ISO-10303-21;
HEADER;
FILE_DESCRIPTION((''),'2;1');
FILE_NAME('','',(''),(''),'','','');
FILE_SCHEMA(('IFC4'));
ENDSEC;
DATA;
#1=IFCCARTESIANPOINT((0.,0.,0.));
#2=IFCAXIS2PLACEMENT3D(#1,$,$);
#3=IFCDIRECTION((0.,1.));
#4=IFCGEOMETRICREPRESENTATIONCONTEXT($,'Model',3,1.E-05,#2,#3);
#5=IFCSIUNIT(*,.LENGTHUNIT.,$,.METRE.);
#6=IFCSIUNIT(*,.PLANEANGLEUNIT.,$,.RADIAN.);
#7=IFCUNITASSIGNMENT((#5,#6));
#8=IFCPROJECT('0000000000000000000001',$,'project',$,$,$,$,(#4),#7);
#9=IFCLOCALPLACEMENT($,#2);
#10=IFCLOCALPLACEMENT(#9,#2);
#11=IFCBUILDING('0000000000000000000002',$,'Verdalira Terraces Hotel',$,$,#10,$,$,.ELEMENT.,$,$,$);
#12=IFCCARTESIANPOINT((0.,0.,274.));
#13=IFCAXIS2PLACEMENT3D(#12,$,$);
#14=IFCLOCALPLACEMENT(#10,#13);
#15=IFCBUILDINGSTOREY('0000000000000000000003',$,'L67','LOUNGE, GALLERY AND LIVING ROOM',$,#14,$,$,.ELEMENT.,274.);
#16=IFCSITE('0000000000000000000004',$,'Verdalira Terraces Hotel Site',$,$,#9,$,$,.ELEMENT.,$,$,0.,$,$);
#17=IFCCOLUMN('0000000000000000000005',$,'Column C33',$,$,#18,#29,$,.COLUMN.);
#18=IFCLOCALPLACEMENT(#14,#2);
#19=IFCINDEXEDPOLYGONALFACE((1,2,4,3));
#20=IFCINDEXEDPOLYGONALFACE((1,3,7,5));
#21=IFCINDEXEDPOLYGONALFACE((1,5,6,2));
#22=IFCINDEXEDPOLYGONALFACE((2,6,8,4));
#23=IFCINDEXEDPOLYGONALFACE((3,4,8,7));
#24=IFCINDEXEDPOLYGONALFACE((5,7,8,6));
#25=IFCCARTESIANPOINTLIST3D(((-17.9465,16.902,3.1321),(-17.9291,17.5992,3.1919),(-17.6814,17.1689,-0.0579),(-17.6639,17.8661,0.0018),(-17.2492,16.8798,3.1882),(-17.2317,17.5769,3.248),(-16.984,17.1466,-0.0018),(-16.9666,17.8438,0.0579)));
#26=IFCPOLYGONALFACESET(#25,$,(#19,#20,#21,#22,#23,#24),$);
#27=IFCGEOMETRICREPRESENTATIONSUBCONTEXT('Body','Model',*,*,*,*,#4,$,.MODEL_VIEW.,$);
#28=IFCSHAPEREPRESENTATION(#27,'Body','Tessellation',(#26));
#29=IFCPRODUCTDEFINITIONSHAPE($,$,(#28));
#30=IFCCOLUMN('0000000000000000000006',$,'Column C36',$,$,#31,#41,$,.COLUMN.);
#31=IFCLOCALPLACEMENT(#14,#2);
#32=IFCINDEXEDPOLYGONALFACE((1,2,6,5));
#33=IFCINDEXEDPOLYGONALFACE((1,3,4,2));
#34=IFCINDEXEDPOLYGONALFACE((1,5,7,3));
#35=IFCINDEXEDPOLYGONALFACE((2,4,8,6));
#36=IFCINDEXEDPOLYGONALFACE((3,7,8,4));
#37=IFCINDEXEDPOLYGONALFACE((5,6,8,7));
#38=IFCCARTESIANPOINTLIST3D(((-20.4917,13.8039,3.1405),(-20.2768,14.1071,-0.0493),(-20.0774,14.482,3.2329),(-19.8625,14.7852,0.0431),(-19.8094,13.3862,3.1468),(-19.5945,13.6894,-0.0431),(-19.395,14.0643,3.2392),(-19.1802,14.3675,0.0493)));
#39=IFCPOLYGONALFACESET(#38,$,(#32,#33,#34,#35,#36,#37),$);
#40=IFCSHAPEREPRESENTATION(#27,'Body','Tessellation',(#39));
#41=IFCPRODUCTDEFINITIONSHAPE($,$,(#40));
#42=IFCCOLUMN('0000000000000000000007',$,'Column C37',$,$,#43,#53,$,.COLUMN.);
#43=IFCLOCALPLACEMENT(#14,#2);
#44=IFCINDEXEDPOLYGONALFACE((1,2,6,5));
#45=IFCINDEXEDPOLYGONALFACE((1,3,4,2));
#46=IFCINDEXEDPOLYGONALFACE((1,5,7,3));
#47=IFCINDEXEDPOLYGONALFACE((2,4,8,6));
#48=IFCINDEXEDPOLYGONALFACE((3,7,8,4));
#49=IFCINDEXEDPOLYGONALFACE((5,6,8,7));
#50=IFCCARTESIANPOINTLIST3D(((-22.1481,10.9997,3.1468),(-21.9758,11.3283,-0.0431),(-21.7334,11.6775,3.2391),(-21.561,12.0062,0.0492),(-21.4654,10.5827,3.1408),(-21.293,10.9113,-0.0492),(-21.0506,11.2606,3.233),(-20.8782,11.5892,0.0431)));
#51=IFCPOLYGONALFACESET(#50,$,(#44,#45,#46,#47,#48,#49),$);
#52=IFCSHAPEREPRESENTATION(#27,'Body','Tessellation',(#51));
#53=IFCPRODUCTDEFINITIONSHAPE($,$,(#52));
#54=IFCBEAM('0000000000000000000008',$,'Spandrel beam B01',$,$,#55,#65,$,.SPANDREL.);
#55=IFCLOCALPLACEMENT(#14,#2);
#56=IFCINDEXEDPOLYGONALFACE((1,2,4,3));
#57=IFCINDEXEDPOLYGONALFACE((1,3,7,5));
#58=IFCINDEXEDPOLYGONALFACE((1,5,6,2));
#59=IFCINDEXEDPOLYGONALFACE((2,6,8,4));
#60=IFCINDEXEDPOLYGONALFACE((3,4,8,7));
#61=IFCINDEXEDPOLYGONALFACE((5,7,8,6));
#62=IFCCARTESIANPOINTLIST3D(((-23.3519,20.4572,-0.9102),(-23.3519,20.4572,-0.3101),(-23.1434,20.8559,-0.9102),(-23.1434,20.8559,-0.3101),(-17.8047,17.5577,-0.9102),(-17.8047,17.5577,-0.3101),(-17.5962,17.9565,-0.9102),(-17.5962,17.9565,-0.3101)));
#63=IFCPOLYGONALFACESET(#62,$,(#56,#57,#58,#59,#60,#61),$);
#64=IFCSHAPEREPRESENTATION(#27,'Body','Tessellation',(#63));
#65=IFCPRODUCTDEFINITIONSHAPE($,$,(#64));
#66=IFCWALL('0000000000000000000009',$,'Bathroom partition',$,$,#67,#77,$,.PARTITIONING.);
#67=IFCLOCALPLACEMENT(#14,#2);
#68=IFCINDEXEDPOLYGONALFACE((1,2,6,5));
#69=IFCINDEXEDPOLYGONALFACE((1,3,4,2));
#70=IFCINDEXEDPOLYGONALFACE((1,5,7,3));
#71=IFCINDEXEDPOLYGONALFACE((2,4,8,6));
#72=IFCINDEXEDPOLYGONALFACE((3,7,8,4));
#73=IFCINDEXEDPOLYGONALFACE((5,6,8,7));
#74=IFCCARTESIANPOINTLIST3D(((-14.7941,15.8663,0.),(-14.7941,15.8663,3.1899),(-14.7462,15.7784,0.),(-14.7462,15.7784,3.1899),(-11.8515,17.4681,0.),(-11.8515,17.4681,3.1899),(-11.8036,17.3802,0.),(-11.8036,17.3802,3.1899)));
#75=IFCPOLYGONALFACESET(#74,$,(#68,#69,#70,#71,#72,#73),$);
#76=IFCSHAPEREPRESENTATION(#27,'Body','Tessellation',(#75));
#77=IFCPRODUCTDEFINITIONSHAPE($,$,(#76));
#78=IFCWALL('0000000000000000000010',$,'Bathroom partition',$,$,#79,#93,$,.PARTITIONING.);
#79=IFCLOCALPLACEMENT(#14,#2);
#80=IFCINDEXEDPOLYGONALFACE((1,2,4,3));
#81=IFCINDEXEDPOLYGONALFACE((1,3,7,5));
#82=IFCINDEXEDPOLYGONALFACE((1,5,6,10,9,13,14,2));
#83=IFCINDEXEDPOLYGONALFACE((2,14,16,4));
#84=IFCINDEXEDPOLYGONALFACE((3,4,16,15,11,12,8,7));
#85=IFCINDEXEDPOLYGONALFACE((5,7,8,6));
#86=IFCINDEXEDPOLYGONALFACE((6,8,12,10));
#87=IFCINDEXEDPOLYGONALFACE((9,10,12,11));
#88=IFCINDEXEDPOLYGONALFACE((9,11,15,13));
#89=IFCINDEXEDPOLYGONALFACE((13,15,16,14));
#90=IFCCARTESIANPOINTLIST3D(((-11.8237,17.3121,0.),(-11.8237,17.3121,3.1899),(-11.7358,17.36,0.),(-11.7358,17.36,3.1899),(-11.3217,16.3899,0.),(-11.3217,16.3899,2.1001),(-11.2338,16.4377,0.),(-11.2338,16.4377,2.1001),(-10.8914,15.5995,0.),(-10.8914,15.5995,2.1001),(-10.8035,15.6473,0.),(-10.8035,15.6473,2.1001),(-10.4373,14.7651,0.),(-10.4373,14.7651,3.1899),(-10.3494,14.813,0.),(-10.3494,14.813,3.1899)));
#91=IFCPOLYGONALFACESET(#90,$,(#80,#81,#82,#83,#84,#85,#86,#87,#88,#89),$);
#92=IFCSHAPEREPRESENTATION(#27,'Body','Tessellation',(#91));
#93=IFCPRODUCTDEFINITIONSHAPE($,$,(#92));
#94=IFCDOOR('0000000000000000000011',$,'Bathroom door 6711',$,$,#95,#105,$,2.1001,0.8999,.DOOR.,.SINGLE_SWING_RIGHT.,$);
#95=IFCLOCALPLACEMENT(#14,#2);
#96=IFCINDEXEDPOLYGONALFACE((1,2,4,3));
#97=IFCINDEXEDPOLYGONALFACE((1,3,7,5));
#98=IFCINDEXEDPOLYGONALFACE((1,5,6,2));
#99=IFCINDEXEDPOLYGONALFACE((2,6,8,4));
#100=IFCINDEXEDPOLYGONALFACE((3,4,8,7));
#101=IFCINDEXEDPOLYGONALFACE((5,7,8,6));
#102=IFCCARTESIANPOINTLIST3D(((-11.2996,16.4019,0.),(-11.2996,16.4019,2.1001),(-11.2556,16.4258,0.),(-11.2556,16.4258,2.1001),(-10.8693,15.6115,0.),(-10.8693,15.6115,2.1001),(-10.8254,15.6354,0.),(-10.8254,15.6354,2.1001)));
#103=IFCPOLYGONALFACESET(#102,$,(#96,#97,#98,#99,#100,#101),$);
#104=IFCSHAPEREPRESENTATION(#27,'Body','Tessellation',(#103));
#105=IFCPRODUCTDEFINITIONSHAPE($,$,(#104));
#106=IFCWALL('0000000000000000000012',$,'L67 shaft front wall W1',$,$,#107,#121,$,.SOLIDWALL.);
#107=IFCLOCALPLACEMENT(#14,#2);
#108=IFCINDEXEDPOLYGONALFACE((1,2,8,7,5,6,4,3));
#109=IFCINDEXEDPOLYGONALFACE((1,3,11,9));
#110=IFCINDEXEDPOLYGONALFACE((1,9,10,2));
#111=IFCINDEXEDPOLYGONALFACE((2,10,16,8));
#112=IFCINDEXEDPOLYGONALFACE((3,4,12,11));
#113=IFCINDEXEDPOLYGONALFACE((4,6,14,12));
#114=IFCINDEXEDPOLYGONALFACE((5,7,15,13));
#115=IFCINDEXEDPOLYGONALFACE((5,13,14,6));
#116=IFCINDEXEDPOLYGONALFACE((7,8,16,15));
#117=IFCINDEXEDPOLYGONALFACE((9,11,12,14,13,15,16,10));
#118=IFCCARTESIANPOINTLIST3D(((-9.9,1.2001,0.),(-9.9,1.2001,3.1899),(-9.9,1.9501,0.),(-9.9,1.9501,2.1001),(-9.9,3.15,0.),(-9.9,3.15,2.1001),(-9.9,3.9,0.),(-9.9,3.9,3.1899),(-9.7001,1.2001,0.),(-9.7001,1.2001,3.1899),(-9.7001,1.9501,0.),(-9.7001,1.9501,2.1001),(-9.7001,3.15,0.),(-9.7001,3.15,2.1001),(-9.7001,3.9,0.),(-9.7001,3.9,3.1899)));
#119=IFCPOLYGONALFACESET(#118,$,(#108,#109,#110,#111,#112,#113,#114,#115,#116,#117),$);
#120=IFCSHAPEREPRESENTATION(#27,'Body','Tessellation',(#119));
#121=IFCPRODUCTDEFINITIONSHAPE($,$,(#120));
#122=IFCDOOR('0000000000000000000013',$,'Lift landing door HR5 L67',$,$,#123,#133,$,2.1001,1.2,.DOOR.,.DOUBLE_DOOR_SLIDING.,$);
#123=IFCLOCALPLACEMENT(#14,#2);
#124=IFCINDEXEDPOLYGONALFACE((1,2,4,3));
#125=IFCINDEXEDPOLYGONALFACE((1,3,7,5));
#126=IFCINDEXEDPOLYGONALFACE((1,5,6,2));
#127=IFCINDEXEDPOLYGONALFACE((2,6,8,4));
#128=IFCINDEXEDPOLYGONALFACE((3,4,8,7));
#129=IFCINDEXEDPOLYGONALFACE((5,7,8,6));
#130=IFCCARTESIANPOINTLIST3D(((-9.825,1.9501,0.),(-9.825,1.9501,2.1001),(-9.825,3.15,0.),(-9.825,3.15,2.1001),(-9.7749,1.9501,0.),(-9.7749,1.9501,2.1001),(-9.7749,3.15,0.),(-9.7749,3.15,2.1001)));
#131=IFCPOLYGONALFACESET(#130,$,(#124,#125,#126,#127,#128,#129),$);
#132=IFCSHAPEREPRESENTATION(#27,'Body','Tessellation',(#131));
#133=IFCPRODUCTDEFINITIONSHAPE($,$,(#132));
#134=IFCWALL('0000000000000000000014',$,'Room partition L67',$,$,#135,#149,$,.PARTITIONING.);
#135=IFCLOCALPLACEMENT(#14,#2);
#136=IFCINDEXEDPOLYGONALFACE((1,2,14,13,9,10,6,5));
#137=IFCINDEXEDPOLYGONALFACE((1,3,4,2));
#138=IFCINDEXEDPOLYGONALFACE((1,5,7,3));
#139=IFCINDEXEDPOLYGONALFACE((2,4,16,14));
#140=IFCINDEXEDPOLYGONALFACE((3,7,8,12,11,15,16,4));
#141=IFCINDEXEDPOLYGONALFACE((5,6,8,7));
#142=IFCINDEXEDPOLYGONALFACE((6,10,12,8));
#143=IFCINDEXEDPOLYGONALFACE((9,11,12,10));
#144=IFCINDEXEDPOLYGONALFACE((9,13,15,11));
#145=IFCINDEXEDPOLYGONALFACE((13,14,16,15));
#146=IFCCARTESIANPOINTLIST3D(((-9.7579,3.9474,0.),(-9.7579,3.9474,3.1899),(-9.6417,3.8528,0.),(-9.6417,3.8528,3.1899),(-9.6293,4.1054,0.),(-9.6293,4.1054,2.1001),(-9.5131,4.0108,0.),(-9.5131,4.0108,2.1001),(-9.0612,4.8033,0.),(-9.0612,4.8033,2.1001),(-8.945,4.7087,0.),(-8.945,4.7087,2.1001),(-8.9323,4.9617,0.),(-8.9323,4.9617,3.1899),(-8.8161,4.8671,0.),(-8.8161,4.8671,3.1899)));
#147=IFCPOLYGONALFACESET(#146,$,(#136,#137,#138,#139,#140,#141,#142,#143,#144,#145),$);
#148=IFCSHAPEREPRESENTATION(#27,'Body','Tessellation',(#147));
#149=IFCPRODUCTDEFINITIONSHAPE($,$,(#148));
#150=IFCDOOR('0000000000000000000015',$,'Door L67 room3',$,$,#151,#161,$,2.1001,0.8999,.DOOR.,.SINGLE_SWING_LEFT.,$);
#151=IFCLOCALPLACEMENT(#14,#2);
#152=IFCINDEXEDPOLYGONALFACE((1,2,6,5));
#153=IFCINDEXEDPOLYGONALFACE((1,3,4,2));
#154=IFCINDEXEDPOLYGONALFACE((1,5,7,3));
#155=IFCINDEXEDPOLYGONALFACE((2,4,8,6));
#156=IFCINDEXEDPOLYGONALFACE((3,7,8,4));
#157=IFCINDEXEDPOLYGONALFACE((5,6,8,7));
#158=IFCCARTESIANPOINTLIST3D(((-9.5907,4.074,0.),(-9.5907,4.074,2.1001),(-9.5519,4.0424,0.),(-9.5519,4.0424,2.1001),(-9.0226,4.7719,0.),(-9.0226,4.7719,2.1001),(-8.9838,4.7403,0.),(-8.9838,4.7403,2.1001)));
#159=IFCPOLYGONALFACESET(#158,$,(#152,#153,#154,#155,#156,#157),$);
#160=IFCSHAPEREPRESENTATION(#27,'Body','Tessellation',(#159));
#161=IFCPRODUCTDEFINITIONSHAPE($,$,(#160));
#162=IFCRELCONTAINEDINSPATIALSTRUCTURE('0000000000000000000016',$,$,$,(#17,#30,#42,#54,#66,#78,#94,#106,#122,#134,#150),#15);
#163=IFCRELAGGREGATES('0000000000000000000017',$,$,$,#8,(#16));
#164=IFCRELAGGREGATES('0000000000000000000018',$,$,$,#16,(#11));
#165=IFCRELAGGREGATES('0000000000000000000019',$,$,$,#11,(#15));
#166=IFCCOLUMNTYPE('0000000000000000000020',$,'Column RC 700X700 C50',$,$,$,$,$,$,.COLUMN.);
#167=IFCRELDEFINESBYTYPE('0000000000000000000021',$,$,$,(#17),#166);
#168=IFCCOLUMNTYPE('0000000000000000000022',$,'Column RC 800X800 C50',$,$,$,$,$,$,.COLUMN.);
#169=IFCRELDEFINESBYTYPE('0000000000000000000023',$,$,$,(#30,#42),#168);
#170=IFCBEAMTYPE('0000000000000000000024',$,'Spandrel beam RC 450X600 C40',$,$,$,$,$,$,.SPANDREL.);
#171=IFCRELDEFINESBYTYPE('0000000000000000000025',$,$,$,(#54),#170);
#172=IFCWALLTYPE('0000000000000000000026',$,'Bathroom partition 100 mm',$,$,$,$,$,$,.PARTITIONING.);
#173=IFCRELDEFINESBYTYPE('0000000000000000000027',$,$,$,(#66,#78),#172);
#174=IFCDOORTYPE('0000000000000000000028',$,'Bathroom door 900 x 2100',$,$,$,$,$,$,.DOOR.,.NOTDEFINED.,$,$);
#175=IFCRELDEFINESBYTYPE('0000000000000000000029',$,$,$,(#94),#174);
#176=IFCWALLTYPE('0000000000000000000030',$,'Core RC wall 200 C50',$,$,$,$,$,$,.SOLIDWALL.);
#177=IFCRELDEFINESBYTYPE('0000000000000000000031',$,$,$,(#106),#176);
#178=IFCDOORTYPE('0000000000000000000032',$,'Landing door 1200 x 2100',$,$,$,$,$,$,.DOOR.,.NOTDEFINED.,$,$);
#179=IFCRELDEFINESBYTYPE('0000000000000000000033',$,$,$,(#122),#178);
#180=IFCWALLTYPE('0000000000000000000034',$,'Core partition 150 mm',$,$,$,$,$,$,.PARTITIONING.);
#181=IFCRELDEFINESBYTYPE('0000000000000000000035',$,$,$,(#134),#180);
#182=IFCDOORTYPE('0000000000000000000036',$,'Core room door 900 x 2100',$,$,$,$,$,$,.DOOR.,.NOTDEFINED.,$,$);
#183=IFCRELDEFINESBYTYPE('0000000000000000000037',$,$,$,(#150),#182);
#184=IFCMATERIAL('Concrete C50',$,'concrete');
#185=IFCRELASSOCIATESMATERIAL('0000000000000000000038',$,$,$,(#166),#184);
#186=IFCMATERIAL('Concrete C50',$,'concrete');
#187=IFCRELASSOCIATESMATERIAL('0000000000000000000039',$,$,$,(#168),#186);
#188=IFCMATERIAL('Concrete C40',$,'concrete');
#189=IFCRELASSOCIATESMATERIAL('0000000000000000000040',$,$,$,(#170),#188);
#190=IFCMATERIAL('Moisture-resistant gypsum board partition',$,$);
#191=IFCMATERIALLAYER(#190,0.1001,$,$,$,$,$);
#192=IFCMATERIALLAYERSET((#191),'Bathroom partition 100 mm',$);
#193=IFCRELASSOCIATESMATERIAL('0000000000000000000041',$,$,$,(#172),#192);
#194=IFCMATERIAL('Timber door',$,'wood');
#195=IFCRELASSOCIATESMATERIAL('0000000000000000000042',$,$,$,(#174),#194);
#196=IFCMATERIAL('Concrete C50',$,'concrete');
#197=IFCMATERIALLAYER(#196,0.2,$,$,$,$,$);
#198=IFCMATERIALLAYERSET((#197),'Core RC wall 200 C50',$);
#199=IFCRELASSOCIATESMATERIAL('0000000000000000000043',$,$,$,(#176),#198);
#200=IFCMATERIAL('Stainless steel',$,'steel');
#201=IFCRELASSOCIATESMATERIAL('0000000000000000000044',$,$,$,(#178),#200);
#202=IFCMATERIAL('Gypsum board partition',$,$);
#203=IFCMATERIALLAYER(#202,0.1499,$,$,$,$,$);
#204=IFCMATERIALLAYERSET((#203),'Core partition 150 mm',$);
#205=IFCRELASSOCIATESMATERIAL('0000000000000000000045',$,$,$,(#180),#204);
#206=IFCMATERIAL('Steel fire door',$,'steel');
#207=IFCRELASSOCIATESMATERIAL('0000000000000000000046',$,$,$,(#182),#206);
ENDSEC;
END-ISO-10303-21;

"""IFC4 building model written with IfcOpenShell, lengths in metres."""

from ifc_helpers import new_model, si_unit, direction, frame, frame_2d, origin, origin_2d, place, context, subcontext, project, spatial, rectangle, extrude, material, layer, layer_set, material_profile, profile_set, type_object, element, fill, save


model = new_model("IFC4")

# Units and contexts
model_context = context("Model", 3, precision=1e-05, world=origin(), true_north=direction((0.0, 1.0)))
body_context = subcontext(model_context, "Body", "Model", "MODEL_VIEW")
ifc_project = project(units=[si_unit("LENGTHUNIT", "METRE"), si_unit("PLANEANGLEUNIT", "RADIAN")], contexts=[model_context])

# Site, building, storey
site_placement = place(None, origin())
site = spatial("IfcSite", under=ifc_project, at=site_placement, Name="Verdalira Terraces Hotel Site", CompositionType="ELEMENT", RefElevation=0.0)
building_placement = place(site_placement, origin())
building = spatial("IfcBuilding", under=site, at=building_placement, Name="Verdalira Terraces Hotel", CompositionType="ELEMENT")
storey_placement = place(building_placement, frame((0.0, 0.0, 274.0)))
storey = spatial("IfcBuildingStorey", under=building, at=storey_placement, Name="L67", Description="LOUNGE, GALLERY AND LIVING ROOM", CompositionType="ELEMENT", Elevation=274.0)

# Columns
ifc_material_1 = material(Name="Concrete C50", Category="concrete")
ifc_material_profile_1 = material_profile(ifc_material_1, rectangle(XDim=0.7, YDim=0.7, at=origin_2d()), Name="RC 700X700")
ifc_profile_set_1 = profile_set([ifc_material_profile_1], Name="Concrete C50")
column_type_1 = type_object("IfcColumnType", Name="Column RC 700X700 C50", PredefinedType="COLUMN", material=ifc_profile_set_1)
column_placement = place(storey_placement, frame((-17.324, 17.5063, 0.0), z_axis=(-0.082545, -0.083077, 0.993119), x_axis=(0.996275, -0.031839, 0.080143)))
element("IfcColumn", 1, at=column_placement, inside=storey, type_object=column_type_1, Name="Column C33", PredefinedType="COLUMN", context=body_context, shape_type="SweptSolid", body=[
    extrude(rectangle(XDim=0.7, YDim=0.7, at=origin_2d()), origin(), (0.0, 0.0, 1.0), 3.2122),
])
ifc_material_2 = material(Name="Concrete C50", Category="concrete")
ifc_material_profile_2 = material_profile(ifc_material_2, rectangle(XDim=0.8, YDim=0.8, at=origin_2d()), Name="RC 800X800")
ifc_profile_set_2 = profile_set([ifc_material_profile_2], Name="Concrete C50")
column_type_2 = type_object("IfcColumnType", Name="Column RC 800X800 C50", PredefinedType="COLUMN", material=ifc_profile_set_2)
for number, where, z_axis, x_axis, name in (
    (2, (-19.7285, 14.2373, 0.0), (-0.066898, -0.094417, 0.993282), (-0.852845, 0.522106, -0.00781), "Column C36"),
    (3, (-21.427, 11.4587, 0.0), (-0.053671, -0.102325, 0.993302), (-0.853432, 0.521149, 0.007573), "Column C37"),
):
    element("IfcColumn", number, at=place(storey_placement, frame(where, z_axis=z_axis, x_axis=x_axis)), inside=storey, type_object=column_type_2, Name=name, PredefinedType="COLUMN", context=body_context, shape_type="SweptSolid", body=[
        extrude(rectangle(XDim=0.8, YDim=0.8, at=origin_2d()), origin(), (0.0, 0.0, 1.0), 3.2114),
    ])

# Beam
ifc_material_3 = material(Name="Concrete C40", Category="concrete")
ifc_material_profile_3 = material_profile(ifc_material_3, rectangle(XDim=0.45, YDim=0.6001, at=origin_2d()), Name="RC 450X600")
ifc_profile_set_3 = profile_set([ifc_material_profile_3], Name="Concrete C40")
beam_type = type_object("IfcBeamType", Name="Spandrel beam RC 450X600 C40", PredefinedType="SPANDREL", material=ifc_profile_set_3)
beam_placement = place(storey_placement, frame((-17.7004, 17.7571, -0.6101), z_axis=(-0.88624, 0.463227, 0.0), x_axis=(-0.463227, -0.88624, 0.0)))
element("IfcBeam", 4, at=beam_placement, inside=storey, type_object=beam_type, Name="Spandrel beam B01", PredefinedType="SPANDREL", context=body_context, shape_type="SweptSolid", body=[
    extrude(rectangle(XDim=0.45, YDim=0.6001, at=origin_2d()), origin(), (0.0, 0.0, 1.0), 6.2593),
])

# Wall
ifc_material_4 = material(Name="Moisture-resistant gypsum board partition")
ifc_layer_1 = layer(ifc_material_4, 0.1001)
ifc_layer_set_1 = layer_set([ifc_layer_1], Name="Bathroom partition 100 mm")
wall_type_1 = type_object("IfcWallType", Name="Bathroom partition 100 mm", PredefinedType="PARTITIONING", material=ifc_layer_set_1)
wall_1_placement = place(storey_placement, frame((-14.7703, 15.8223, 0.0), z_axis=(0.0, 0.0, 1.0), x_axis=(0.878305, 0.478101, 0.0)))
element("IfcWall", 5, at=wall_1_placement, inside=storey, type_object=wall_type_1, Name="Bathroom partition", PredefinedType="PARTITIONING", context=body_context, shape_type="SweptSolid", body=[
    extrude(rectangle(XDim=3.3503, YDim=0.1001, at=frame_2d((1.6753, 0.0))), origin(), (0.0, 0.0, 1.0), 3.1899),
])

# Walls, openings, doors
wall_2_placement = place(storey_placement, frame((-10.3933, 14.7891, 0.0), z_axis=(0.0, 0.0, 1.0), x_axis=(-0.478091, 0.87831, 0.0)))
wall_2 = element("IfcWall", 6, at=wall_2_placement, inside=storey, type_object=wall_type_1, Name="Bathroom partition", PredefinedType="PARTITIONING", context=body_context, shape_type="SweptSolid", body=[
    extrude(rectangle(XDim=2.8999, YDim=0.1001, at=frame_2d((1.45, 0.0))), origin(), (0.0, 0.0, 1.0), 3.1899),
])
opening_1_placement = place(wall_2_placement, frame((0.95, 0.0, 0.0)))
opening_1 = element("IfcOpeningElement", 7, at=opening_1_placement, cuts=wall_2, PredefinedType="OPENING", context=body_context, shape_type="SweptSolid", body=[
    extrude(rectangle(XDim=0.8999, YDim=2.1001, at=frame_2d((0.45, 1.05))), frame((0.0, 0.0601, 0.0), z_axis=(0.0, -1.0, 0.0), x_axis=(1.0, 0.0, 0.0)), (0.0, 0.0, 1.0), 0.1201),
])
ifc_material_5 = material(Name="Timber door", Category="wood")
door_type_1 = type_object("IfcDoorType", Name="Bathroom door 900 x 2100", OperationType="NOTDEFINED", PredefinedType="DOOR", material=ifc_material_5)
door_1_placement = place(opening_1_placement, origin())
door_1 = element("IfcDoor", 8, at=door_1_placement, inside=storey, type_object=door_type_1, Name="Bathroom door 6711", OperationType="SINGLE_SWING_RIGHT", OverallHeight=2.1001, OverallWidth=0.8999, PredefinedType="DOOR", context=body_context, shape_type="SweptSolid", body=[
    extrude(rectangle(XDim=0.8999, YDim=2.1001, at=frame_2d((0.45, 1.05))), frame((0.0, 0.0249, 0.0), z_axis=(0.0, -1.0, 0.0), x_axis=(1.0, 0.0, 0.0)), (0.0, 0.0, 1.0), 0.05),
])
fill(opening_1, door_1)
ifc_material_6 = material(Name="Concrete C50", Category="concrete")
ifc_layer_2 = layer(ifc_material_6, 0.2)
ifc_layer_set_2 = layer_set([ifc_layer_2], Name="Core RC wall 200 C50")
wall_type_2 = type_object("IfcWallType", Name="Core RC wall 200 C50", PredefinedType="SOLIDWALL", material=ifc_layer_set_2)
wall_3_placement = place(storey_placement, frame((-9.8, 1.2, 0.0), z_axis=(0.0, 0.0, 1.0), x_axis=(0.0, 1.0, 0.0)))
wall_3 = element("IfcWall", 9, at=wall_3_placement, inside=storey, type_object=wall_type_2, Name="L67 shaft front wall W1", PredefinedType="SOLIDWALL", context=body_context, shape_type="SweptSolid", body=[
    extrude(rectangle(XDim=2.7, YDim=0.2, at=frame_2d((1.3501, 0.0))), origin(), (0.0, 0.0, 1.0), 3.1899),
])
opening_2_placement = place(wall_3_placement, frame((0.75, 0.0, 0.0)))
opening_2 = element("IfcOpeningElement", 10, at=opening_2_placement, cuts=wall_3, PredefinedType="OPENING", context=body_context, shape_type="SweptSolid", body=[
    extrude(rectangle(XDim=1.2, YDim=2.1001, at=frame_2d((0.6001, 1.05))), frame((0.0, 0.1099, 0.0), z_axis=(0.0, -1.0, 0.0), x_axis=(1.0, 0.0, 0.0)), (0.0, 0.0, 1.0), 0.22),
])
ifc_material_7 = material(Name="Stainless steel", Category="steel")
door_type_2 = type_object("IfcDoorType", Name="Landing door 1200 x 2100", OperationType="NOTDEFINED", PredefinedType="DOOR", material=ifc_material_7)
door_2_placement = place(opening_2_placement, origin())
door_2 = element("IfcDoor", 11, at=door_2_placement, inside=storey, type_object=door_type_2, Name="Lift landing door HR5 L67", OperationType="DOUBLE_DOOR_SLIDING", OverallHeight=2.1001, OverallWidth=1.2, PredefinedType="DOOR", context=body_context, shape_type="SweptSolid", body=[
    extrude(rectangle(XDim=1.2, YDim=2.1001, at=frame_2d((0.6001, 1.05))), frame((0.0, 0.0249, 0.0), z_axis=(0.0, -1.0, 0.0), x_axis=(1.0, 0.0, 0.0)), (0.0, 0.0, 1.0), 0.05),
])
fill(opening_2, door_2)
ifc_material_8 = material(Name="Gypsum board partition")
ifc_layer_3 = layer(ifc_material_8, 0.1499)
ifc_layer_set_3 = layer_set([ifc_layer_3], Name="Core partition 150 mm")
wall_type_3 = type_object("IfcWallType", Name="Core partition 150 mm", PredefinedType="PARTITIONING", material=ifc_layer_set_3)
wall_4_placement = place(storey_placement, frame((-8.8743, 4.9143, 0.0), z_axis=(0.0, 0.0, 1.0), x_axis=(-0.631274, -0.77556, 0.0)))
wall_4 = element("IfcWall", 12, at=wall_4_placement, inside=storey, type_object=wall_type_3, Name="Room partition L67", PredefinedType="PARTITIONING", context=body_context, shape_type="SweptSolid", body=[
    extrude(rectangle(XDim=1.3079, YDim=0.1499, at=frame_2d((0.6538, 0.0))), origin(), (0.0, 0.0, 1.0), 3.1899),
])
opening_3_placement = place(wall_4_placement, frame((0.2041, 0.0, 0.0)))
opening_3 = element("IfcOpeningElement", 13, at=opening_3_placement, cuts=wall_4, PredefinedType="OPENING", context=body_context, shape_type="SweptSolid", body=[
    extrude(rectangle(XDim=0.8999, YDim=2.1001, at=frame_2d((0.45, 1.05))), frame((0.0, 0.085, 0.0), z_axis=(0.0, -1.0, 0.0), x_axis=(1.0, 0.0, 0.0)), (0.0, 0.0, 1.0), 0.1699),
])
ifc_material_9 = material(Name="Steel fire door", Category="steel")
door_type_3 = type_object("IfcDoorType", Name="Core room door 900 x 2100", OperationType="NOTDEFINED", PredefinedType="DOOR", material=ifc_material_9)
door_3_placement = place(opening_3_placement, origin())
door_3 = element("IfcDoor", 14, at=door_3_placement, inside=storey, type_object=door_type_3, Name="Door L67 room3", OperationType="SINGLE_SWING_LEFT", OverallHeight=2.1001, OverallWidth=0.8999, PredefinedType="DOOR", context=body_context, shape_type="SweptSolid", body=[
    extrude(rectangle(XDim=0.8999, YDim=2.1001, at=frame_2d((0.45, 1.05))), frame((0.0, 0.0249, 0.0), z_axis=(0.0, -1.0, 0.0), x_axis=(1.0, 0.0, 0.0)), (0.0, 0.0, 1.0), 0.05),
])
fill(opening_3, door_3)

save(model, "model.ifc")
